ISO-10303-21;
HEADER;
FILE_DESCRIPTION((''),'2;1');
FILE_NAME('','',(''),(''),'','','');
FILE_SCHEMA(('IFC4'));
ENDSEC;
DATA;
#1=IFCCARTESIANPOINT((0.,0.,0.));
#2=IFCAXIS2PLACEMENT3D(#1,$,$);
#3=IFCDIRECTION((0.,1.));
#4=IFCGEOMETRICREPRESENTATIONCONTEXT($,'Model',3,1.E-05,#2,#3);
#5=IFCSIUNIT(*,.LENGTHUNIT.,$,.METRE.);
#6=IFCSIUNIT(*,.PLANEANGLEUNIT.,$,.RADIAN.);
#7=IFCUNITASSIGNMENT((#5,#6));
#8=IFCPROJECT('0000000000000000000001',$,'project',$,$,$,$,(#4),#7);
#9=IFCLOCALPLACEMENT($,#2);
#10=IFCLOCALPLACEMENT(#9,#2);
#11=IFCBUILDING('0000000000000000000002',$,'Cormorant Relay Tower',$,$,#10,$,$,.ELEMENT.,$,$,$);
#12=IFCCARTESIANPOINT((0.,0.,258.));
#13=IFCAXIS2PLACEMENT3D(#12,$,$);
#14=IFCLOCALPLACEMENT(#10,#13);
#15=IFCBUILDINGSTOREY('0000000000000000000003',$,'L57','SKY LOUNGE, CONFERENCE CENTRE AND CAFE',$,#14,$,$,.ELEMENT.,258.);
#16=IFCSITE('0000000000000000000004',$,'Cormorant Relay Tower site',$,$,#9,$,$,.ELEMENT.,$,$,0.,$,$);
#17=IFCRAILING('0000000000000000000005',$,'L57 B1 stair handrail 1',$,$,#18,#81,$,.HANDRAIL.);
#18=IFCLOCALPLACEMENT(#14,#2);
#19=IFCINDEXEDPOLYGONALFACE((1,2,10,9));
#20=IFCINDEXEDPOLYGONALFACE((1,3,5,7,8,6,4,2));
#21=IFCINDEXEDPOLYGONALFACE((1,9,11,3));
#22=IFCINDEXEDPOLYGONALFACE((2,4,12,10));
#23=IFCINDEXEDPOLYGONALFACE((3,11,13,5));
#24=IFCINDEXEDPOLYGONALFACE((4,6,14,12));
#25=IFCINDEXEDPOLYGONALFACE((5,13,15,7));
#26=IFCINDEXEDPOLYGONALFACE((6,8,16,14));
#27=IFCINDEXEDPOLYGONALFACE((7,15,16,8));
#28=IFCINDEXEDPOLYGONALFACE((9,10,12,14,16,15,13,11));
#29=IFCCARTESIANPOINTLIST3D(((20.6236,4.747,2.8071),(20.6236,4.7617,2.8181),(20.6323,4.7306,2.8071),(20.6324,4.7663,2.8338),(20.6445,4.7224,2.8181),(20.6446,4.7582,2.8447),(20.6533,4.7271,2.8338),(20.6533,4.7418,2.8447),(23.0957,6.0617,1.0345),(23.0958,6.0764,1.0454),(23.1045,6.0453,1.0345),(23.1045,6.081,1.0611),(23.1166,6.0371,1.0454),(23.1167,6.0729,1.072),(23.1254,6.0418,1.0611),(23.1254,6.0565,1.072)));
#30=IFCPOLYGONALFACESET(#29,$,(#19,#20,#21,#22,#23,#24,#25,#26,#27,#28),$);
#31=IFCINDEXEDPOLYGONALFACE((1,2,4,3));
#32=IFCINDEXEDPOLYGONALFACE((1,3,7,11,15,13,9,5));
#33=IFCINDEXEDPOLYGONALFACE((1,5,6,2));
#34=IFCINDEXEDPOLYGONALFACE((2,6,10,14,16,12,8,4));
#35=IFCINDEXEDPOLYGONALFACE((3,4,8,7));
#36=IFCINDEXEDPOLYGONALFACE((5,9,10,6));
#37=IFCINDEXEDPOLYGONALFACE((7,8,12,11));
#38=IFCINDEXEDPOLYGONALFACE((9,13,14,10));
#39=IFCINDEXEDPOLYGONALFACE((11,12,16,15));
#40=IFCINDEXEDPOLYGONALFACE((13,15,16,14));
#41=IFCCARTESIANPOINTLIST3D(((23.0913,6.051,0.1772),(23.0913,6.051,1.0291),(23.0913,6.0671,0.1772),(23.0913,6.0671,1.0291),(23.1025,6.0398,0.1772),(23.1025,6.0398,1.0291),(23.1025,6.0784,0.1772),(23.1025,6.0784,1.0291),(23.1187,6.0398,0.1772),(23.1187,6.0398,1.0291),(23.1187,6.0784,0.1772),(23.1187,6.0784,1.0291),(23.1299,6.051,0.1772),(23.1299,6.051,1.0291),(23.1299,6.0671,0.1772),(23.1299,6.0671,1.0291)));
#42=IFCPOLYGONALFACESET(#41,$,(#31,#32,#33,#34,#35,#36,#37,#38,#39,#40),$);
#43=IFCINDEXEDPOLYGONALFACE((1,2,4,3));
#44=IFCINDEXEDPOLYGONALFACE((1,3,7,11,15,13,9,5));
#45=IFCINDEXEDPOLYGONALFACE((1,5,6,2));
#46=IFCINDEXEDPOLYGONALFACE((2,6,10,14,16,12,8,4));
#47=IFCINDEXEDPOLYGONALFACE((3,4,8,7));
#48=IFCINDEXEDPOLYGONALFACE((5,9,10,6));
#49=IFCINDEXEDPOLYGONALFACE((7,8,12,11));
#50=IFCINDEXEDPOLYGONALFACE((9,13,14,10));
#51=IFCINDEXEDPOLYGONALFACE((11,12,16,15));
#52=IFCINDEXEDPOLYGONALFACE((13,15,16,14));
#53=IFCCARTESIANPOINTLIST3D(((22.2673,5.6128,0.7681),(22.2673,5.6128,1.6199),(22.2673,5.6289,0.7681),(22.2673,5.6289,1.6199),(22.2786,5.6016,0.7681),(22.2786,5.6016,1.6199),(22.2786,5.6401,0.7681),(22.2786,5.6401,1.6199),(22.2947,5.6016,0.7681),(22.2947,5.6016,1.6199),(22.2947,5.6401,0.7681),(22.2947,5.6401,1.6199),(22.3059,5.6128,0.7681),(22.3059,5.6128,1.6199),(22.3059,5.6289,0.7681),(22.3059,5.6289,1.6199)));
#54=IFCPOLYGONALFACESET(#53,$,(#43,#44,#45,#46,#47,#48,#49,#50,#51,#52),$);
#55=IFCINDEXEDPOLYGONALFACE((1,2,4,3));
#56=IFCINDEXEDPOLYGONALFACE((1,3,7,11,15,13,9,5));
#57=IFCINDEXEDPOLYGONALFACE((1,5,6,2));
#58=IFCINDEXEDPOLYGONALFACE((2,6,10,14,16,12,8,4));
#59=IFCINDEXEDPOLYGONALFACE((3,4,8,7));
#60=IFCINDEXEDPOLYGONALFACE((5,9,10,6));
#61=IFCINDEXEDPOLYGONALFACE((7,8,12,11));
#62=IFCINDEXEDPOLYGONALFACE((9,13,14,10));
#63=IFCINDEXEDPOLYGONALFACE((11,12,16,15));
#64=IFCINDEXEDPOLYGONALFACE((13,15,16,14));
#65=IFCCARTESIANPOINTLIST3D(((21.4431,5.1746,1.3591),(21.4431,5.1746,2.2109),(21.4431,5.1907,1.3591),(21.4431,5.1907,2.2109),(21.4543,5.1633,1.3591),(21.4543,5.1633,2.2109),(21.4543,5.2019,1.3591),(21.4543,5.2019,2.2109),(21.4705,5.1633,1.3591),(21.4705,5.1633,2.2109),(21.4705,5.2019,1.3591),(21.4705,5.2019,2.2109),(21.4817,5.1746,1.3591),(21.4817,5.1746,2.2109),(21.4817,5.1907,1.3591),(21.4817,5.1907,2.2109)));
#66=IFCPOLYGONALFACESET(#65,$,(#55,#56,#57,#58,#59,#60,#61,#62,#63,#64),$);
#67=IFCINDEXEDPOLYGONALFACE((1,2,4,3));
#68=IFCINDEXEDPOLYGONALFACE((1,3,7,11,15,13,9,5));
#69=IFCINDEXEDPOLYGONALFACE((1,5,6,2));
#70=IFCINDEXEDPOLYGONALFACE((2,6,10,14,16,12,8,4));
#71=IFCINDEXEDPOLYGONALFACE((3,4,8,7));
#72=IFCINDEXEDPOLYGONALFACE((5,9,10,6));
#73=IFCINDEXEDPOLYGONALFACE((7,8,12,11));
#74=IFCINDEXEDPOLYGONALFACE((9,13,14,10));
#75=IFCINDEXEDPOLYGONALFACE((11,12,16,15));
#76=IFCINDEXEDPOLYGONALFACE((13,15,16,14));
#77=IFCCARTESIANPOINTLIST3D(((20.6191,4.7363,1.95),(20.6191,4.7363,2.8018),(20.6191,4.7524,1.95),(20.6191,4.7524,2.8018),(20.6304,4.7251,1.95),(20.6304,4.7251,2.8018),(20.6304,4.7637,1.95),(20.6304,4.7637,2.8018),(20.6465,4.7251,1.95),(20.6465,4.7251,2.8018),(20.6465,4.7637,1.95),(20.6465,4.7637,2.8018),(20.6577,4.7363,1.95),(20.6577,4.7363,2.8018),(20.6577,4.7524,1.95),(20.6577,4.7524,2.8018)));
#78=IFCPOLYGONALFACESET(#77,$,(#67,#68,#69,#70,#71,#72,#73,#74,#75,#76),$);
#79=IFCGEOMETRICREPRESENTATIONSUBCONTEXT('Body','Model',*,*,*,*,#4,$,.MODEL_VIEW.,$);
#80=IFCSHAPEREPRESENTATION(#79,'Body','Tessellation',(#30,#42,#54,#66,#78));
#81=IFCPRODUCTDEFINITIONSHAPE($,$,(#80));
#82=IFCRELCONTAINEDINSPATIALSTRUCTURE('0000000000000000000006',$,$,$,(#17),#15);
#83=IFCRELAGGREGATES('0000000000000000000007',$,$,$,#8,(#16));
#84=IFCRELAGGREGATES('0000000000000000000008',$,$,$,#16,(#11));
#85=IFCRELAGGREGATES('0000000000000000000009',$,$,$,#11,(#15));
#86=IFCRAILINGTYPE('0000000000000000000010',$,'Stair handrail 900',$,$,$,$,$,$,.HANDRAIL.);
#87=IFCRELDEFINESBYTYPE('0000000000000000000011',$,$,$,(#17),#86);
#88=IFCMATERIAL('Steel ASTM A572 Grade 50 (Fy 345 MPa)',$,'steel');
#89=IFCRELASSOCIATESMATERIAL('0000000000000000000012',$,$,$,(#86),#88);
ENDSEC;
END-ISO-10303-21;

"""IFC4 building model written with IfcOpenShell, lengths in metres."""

from ifc_helpers import new_model, si_unit, direction, frame, origin, place, context, subcontext, project, spatial, polyline, outline, extrude, material, type_object, element, save


model = new_model("IFC4")

# Units and contexts
model_context = context("Model", 3, precision=1e-05, world=origin(), true_north=direction((0.0, 1.0)))
body_context = subcontext(model_context, "Body", "Model", "MODEL_VIEW")
ifc_project = project(units=[si_unit("LENGTHUNIT", "METRE"), si_unit("PLANEANGLEUNIT", "RADIAN")], contexts=[model_context])

# Site, building, storey
site_placement = place(None, origin())
site = spatial("IfcSite", under=ifc_project, at=site_placement, Name="Cormorant Relay Tower site", CompositionType="ELEMENT", RefElevation=0.0)
building_placement = place(site_placement, origin())
building = spatial("IfcBuilding", under=site, at=building_placement, Name="Cormorant Relay Tower", CompositionType="ELEMENT")
storey_placement = place(building_placement, frame((0.0, 0.0, 258.0)))
storey = spatial("IfcBuildingStorey", under=building, at=storey_placement, Name="L57", Description="SKY LOUNGE, CONFERENCE CENTRE AND CAFE", CompositionType="ELEMENT", Elevation=258.0)

# Railing
ifc_material_1 = material(Name="Steel ASTM A572 Grade 50 (Fy 345 MPa)", Category="steel")
railing_type_1 = type_object("IfcRailingType", Name="Stair handrail 900", PredefinedType="HANDRAIL", material=ifc_material_1)
railing_1_placement = place(storey_placement, frame((23.1106, 6.0591, 0.1772)))
element("IfcRailing", 1, at=railing_1_placement, inside=storey, type_object=railing_type_1, Name="L57 B1 stair handrail 1", PredefinedType="HANDRAIL", context=body_context, shape_type="SweptSolid", body=[
    extrude(outline(polyline([(0.0222, 0.0093), (0.0093, 0.0222), (-0.0093, 0.0222), (-0.0222, 0.0093), (-0.0222, -0.0093), (-0.0093, -0.0222), (0.0093, -0.0222), (0.0222, -0.0093), (0.0222, 0.0093)])), frame((0.0, 0.0, 0.876), z_axis=(-0.745979, -0.396711, 0.534916), x_axis=(0.469533, -0.882915, 0.0)), (0.0, 0.0, 1.0), 3.314),
    extrude(outline(polyline([(0.0193, 0.0081), (0.0081, 0.0193), (-0.0081, 0.0193), (-0.0193, 0.0081), (-0.0193, -0.0081), (-0.0081, -0.0193), (0.0081, -0.0193), (0.0193, -0.0081), (0.0193, 0.0081)])), origin(), (0.0, 0.0, 1.0), 0.8518),
    extrude(outline(polyline([(0.0193, 0.0081), (0.0081, 0.0193), (-0.0081, 0.0193), (-0.0193, 0.0081), (-0.0193, -0.0081), (-0.0081, -0.0193), (0.0081, -0.0193), (0.0193, -0.0081), (0.0193, 0.0081)])), frame((-0.824, -0.4382, 0.5908)), (0.0, 0.0, 1.0), 0.8518),
    extrude(outline(polyline([(0.0193, 0.0081), (0.0081, 0.0193), (-0.0081, 0.0193), (-0.0193, 0.0081), (-0.0193, -0.0081), (-0.0081, -0.0193), (0.0081, -0.0193), (0.0193, -0.0081), (0.0193, 0.0081)])), frame((-1.6482, -0.8765, 1.1819)), (0.0, 0.0, 1.0), 0.8518),
    extrude(outline(polyline([(0.0193, 0.0081), (0.0081, 0.0193), (-0.0081, 0.0193), (-0.0193, 0.0081), (-0.0193, -0.0081), (-0.0081, -0.0193), (0.0081, -0.0193), (0.0193, -0.0081), (0.0193, 0.0081)])), frame((-2.4722, -1.3147, 1.7727)), (0.0, 0.0, 1.0), 0.8518),
])

save(model, "model.ifc")
